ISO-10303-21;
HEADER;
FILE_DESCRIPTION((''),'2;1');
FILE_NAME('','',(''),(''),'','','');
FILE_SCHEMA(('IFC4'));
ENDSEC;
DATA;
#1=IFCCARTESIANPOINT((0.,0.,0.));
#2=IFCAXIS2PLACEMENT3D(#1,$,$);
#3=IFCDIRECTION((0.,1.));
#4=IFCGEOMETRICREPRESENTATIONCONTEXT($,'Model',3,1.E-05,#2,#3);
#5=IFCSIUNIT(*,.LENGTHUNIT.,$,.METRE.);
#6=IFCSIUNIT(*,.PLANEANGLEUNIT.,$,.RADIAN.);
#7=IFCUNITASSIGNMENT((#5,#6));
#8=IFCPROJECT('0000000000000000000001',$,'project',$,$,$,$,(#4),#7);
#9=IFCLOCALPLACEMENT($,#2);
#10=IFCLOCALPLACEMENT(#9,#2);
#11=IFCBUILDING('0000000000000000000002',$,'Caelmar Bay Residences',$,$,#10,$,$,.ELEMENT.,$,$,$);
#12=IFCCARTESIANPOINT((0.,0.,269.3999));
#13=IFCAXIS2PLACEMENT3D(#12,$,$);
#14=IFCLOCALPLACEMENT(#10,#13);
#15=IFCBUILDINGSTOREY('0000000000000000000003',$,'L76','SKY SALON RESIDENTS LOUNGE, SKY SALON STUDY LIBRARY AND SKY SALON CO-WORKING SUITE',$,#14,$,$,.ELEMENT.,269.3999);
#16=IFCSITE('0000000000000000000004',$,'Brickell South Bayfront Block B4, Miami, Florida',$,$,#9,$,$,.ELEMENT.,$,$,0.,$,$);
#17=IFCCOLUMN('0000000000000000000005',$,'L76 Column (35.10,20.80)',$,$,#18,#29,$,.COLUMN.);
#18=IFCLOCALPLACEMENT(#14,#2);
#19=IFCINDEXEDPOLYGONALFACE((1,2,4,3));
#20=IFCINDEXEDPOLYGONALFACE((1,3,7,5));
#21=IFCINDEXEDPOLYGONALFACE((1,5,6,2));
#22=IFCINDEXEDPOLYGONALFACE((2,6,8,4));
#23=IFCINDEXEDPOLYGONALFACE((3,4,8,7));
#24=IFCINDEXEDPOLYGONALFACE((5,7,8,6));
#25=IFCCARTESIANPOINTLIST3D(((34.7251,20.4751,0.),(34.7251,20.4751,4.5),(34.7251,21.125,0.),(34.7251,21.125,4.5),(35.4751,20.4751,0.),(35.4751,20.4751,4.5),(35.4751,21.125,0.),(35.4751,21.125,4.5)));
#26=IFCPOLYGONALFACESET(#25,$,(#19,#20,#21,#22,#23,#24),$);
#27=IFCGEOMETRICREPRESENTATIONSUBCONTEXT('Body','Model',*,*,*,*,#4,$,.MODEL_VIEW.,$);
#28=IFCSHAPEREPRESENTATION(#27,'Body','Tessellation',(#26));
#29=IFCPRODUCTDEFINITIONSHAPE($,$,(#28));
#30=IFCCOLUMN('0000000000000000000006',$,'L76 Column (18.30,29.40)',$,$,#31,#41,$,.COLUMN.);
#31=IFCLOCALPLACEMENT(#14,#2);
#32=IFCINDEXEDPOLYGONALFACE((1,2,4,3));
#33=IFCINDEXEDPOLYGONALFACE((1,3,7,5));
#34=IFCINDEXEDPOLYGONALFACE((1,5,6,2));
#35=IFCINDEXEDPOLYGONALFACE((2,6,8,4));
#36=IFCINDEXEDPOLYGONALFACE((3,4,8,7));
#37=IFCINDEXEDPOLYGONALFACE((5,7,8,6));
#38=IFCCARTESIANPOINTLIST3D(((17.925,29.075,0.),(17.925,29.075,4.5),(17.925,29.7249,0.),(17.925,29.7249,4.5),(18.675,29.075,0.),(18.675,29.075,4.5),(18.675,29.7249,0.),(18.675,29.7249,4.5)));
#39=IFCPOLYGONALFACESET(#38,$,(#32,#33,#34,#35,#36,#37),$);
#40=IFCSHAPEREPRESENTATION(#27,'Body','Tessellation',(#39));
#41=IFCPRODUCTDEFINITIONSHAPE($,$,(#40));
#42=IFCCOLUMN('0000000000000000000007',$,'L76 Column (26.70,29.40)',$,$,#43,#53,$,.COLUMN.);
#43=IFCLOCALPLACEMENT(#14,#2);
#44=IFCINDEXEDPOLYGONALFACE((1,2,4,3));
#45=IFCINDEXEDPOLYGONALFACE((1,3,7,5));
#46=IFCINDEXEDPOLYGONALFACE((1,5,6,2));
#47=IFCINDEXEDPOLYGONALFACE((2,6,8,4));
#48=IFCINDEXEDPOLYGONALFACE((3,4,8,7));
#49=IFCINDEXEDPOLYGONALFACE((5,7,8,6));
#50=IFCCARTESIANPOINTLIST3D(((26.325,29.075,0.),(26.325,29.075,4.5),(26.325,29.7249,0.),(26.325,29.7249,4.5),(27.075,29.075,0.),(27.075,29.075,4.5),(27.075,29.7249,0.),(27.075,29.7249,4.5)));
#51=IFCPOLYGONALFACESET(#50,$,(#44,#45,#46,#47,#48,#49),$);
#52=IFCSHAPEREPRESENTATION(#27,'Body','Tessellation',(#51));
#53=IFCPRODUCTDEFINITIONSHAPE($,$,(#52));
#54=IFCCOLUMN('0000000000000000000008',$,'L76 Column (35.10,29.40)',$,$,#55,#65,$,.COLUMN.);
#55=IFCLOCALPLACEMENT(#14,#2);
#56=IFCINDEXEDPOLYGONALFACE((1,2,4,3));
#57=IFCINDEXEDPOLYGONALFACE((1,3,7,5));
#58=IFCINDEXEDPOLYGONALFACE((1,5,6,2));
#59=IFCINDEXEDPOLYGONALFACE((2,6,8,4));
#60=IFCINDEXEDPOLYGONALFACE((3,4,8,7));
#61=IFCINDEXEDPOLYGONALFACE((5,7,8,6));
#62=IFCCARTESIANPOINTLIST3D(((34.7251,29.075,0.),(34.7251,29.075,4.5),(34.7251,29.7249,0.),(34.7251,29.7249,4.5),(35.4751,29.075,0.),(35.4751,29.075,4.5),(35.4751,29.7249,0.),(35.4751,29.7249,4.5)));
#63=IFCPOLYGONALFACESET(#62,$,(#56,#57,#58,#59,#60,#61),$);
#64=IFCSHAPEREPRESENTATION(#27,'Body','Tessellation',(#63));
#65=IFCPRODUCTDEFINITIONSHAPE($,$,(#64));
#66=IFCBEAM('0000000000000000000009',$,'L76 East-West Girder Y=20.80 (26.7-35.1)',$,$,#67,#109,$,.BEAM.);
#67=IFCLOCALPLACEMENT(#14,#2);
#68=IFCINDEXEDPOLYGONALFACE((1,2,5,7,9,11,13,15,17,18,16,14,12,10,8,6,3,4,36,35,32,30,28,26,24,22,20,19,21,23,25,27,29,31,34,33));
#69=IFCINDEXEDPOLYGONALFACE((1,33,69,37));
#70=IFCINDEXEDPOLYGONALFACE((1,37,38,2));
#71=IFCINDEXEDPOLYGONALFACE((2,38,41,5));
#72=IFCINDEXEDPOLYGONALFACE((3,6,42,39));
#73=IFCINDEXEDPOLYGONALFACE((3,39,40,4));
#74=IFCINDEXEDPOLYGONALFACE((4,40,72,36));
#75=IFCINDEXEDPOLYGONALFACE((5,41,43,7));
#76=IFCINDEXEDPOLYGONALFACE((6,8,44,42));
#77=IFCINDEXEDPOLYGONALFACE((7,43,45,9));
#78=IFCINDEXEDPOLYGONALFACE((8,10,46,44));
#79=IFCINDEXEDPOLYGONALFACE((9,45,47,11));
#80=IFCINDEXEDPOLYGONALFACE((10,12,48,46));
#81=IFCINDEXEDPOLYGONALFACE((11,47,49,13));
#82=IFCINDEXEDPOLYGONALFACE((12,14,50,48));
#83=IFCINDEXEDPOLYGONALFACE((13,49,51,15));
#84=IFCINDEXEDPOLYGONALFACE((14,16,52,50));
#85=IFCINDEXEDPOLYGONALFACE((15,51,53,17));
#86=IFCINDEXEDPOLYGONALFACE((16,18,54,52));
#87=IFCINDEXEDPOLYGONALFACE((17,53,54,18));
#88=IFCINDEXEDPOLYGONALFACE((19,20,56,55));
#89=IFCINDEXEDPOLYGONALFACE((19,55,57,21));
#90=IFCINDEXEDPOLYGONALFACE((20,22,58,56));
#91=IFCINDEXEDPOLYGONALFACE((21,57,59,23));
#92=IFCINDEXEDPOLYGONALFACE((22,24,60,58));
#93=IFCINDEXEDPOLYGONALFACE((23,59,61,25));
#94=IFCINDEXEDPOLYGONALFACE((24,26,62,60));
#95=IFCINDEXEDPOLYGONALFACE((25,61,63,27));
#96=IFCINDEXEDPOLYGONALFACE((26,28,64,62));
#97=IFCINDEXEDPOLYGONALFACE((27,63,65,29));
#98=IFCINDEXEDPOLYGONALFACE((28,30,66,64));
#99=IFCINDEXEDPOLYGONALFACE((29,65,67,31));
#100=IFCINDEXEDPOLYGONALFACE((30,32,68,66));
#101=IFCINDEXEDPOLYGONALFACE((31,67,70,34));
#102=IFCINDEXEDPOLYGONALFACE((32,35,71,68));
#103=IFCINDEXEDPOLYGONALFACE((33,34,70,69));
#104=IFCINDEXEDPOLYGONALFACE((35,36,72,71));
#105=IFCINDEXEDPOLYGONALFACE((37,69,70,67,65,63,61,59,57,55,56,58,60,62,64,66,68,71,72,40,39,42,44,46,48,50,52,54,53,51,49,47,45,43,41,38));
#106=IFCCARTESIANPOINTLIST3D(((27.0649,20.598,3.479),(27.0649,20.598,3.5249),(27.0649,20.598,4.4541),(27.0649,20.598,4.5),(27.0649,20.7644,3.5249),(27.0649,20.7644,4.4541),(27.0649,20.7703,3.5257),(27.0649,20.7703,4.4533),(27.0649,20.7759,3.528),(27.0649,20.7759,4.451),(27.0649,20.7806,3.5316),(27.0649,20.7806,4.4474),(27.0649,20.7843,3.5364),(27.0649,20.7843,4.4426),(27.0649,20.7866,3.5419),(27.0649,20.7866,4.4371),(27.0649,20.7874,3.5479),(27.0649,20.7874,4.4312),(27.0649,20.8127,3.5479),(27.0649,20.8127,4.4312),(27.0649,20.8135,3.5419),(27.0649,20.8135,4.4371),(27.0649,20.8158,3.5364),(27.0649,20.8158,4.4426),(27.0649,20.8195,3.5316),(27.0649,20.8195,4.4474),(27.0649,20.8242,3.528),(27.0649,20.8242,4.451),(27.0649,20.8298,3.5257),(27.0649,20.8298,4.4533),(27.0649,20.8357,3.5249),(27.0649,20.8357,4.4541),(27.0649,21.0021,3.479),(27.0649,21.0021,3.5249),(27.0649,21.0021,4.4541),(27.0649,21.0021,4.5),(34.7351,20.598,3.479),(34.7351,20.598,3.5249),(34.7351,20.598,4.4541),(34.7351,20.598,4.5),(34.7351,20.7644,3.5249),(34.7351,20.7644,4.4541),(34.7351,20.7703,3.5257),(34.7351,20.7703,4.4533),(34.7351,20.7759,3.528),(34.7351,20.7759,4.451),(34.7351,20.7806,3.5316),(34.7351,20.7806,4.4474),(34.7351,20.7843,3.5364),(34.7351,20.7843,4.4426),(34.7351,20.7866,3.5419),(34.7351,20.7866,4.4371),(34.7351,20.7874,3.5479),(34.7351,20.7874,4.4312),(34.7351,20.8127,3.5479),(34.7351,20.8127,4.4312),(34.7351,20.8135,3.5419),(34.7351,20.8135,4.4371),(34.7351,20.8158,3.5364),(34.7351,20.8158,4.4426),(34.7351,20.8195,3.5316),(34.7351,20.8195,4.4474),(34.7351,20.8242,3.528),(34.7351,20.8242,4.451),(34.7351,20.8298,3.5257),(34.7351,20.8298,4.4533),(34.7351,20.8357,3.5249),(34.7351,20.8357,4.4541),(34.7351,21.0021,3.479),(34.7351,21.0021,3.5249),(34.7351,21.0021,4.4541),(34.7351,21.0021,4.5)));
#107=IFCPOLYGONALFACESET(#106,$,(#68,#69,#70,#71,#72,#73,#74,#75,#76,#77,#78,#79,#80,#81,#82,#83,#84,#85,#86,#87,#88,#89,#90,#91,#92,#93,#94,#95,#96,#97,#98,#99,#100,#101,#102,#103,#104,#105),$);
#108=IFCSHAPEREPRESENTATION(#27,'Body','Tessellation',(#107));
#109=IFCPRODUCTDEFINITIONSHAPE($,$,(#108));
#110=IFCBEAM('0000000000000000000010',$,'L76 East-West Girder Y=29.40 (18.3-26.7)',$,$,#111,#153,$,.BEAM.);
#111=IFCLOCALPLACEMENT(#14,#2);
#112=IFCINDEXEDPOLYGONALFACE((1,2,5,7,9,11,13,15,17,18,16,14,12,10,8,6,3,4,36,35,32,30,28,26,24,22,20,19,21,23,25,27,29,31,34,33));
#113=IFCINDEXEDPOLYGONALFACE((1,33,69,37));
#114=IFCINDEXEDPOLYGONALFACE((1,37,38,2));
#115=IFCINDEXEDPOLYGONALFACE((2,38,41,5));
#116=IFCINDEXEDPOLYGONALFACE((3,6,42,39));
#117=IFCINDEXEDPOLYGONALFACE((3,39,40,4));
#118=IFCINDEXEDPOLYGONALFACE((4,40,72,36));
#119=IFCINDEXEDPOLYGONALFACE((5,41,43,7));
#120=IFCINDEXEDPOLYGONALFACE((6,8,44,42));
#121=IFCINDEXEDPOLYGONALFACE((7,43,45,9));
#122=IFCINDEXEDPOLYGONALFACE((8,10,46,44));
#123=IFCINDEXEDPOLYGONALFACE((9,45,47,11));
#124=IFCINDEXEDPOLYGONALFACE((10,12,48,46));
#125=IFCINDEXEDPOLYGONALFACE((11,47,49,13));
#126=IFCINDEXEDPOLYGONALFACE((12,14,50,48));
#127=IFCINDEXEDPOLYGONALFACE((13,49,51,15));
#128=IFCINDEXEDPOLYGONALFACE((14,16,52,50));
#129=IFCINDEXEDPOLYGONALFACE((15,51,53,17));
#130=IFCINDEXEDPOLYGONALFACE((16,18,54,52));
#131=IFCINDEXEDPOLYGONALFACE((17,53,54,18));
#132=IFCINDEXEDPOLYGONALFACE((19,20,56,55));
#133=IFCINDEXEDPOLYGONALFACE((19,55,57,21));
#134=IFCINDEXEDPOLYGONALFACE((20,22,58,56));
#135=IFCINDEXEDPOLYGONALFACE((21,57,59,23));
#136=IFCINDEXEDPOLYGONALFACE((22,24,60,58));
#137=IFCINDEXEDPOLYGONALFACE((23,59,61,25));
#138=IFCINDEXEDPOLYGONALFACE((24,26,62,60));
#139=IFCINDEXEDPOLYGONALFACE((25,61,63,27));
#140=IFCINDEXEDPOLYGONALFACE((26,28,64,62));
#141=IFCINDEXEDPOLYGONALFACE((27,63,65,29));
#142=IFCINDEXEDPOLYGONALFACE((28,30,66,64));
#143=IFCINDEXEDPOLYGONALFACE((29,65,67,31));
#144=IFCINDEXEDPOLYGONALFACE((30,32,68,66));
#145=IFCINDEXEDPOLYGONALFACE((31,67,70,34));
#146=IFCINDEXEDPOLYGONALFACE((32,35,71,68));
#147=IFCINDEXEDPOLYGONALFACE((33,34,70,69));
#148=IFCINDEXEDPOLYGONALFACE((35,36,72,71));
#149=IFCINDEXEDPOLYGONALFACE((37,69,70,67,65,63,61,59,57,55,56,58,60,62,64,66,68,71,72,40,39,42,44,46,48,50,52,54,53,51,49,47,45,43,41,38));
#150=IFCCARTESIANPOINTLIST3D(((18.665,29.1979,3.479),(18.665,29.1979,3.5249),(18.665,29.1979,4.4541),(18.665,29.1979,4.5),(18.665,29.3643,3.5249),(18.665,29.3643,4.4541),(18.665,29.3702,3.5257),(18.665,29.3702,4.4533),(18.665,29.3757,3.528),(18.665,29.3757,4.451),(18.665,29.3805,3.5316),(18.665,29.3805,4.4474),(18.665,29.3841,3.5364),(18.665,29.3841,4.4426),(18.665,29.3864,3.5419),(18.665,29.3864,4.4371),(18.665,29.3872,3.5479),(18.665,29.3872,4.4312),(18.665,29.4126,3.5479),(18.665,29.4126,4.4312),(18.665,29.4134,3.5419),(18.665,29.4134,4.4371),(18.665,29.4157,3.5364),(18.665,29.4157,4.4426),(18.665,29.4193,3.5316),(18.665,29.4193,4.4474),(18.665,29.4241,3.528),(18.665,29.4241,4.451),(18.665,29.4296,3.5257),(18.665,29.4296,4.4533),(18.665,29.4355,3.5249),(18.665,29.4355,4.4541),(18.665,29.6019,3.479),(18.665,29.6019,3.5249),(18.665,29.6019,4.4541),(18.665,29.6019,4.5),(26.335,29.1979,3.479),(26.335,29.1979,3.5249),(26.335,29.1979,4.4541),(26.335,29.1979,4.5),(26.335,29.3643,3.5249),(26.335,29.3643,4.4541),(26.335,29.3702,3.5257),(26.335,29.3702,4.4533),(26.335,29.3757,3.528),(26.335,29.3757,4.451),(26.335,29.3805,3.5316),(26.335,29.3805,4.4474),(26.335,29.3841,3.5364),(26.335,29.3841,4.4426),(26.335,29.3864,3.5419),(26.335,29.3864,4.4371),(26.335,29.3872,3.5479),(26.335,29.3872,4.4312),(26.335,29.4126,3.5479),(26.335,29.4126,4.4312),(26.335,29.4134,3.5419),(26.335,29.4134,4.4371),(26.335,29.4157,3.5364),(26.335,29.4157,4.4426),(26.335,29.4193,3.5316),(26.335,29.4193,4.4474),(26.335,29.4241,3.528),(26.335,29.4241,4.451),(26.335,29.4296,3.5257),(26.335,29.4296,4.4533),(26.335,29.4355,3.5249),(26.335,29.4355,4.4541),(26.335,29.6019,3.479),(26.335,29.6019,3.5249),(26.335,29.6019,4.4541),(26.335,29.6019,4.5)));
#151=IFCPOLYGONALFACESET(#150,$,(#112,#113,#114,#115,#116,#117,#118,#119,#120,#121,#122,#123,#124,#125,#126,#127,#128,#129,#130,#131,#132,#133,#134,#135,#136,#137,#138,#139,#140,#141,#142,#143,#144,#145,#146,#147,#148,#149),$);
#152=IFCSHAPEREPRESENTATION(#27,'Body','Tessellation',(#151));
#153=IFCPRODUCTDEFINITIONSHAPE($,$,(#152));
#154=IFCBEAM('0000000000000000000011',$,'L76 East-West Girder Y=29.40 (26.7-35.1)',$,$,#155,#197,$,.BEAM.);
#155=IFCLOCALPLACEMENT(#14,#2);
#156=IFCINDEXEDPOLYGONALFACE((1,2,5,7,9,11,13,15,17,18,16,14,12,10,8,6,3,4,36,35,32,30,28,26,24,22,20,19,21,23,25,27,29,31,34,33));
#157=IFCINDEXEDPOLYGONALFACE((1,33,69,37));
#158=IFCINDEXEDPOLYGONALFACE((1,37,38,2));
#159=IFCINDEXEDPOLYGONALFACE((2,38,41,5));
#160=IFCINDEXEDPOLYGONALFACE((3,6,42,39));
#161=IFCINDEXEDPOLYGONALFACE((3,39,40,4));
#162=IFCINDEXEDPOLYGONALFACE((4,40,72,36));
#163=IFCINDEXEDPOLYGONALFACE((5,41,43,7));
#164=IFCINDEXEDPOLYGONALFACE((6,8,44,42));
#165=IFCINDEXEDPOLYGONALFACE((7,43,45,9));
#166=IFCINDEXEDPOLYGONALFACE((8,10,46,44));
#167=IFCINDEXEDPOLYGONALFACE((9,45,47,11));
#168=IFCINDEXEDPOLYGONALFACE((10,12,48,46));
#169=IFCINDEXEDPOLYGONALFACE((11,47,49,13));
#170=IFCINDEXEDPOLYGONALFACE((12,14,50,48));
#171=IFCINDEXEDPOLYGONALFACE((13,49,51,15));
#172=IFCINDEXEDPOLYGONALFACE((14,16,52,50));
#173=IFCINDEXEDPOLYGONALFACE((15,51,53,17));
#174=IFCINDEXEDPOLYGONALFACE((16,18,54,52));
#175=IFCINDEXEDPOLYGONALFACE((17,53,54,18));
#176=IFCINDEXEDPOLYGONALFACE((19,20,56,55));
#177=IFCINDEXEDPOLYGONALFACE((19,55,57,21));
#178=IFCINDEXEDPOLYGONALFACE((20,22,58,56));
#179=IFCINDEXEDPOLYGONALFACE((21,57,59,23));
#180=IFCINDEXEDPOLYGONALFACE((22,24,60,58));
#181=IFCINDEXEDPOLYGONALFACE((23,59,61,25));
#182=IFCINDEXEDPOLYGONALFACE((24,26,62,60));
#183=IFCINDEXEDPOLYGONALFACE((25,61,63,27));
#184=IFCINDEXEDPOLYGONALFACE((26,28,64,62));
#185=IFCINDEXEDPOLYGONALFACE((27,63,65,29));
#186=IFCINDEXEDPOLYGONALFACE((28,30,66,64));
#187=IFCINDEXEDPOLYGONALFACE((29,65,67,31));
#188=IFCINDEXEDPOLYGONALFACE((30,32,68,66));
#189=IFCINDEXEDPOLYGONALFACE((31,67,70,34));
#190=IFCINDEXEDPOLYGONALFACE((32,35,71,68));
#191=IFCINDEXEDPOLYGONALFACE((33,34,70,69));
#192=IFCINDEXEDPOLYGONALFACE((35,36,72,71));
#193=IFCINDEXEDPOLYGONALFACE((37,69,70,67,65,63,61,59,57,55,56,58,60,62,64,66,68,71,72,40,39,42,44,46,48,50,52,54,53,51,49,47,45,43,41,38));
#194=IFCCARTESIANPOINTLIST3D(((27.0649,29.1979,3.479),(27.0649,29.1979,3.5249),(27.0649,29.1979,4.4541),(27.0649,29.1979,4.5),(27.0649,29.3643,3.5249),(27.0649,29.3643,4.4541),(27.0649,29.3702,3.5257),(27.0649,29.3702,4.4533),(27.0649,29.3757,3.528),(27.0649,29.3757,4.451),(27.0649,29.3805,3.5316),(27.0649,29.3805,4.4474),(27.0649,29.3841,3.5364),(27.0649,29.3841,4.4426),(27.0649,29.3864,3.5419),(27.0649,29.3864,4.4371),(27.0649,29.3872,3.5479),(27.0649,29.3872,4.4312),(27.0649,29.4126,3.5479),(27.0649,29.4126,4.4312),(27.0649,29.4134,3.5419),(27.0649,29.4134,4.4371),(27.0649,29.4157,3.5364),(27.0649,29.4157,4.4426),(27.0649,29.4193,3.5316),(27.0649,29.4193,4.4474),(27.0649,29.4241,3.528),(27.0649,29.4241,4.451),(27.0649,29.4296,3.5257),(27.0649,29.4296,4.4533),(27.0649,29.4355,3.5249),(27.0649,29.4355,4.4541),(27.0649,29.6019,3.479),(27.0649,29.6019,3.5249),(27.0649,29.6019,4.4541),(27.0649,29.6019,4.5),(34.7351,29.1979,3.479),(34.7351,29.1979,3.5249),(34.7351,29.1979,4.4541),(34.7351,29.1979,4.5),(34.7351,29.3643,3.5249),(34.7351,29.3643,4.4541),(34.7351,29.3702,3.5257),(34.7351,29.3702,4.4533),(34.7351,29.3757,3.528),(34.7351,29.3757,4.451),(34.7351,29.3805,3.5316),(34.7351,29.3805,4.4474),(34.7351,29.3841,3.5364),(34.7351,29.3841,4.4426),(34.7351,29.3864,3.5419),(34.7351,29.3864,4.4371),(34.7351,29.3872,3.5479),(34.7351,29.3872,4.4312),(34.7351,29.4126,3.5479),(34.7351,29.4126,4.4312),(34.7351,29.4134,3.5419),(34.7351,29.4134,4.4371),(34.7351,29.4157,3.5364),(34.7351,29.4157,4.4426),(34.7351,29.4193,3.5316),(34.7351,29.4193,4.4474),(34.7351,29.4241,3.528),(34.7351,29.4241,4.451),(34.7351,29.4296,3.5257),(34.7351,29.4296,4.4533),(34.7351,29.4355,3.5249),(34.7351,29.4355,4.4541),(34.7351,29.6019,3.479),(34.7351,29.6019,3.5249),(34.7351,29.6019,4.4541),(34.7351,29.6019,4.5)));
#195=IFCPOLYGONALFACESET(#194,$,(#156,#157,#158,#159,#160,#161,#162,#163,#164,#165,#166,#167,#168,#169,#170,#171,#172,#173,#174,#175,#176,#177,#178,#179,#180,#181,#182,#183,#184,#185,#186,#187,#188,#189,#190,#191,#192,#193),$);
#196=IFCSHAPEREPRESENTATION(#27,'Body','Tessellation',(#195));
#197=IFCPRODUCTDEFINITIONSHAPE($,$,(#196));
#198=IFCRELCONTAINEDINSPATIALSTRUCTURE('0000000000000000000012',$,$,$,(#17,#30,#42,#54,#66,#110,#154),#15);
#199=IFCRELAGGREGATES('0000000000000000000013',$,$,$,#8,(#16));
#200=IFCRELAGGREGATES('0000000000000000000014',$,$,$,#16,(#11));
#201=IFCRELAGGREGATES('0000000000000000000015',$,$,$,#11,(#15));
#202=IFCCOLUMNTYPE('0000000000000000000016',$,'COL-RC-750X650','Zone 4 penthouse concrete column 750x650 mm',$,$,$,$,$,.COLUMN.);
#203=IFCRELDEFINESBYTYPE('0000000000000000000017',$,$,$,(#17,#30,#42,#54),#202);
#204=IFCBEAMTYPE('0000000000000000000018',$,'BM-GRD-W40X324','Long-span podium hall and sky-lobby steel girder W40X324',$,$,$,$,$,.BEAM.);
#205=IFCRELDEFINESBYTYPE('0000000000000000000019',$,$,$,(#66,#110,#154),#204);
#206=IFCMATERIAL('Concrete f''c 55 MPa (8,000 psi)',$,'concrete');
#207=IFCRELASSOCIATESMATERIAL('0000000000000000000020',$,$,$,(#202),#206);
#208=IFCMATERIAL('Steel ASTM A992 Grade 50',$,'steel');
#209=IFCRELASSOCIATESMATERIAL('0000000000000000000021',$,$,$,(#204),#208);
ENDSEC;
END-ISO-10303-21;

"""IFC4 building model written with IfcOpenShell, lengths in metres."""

from ifc_helpers import new_model, si_unit, direction, frame, origin, origin_2d, place, context, subcontext, project, spatial, rectangle, i_section, extrude, material, material_profile, profile_set, type_object, element, save


model = new_model("IFC4")

# Units and contexts
model_context = context("Model", 3, precision=1e-05, world=origin(), true_north=direction((0.0, 1.0)))
body_context = subcontext(model_context, "Body", "Model", "MODEL_VIEW")
ifc_project = project(units=[si_unit("LENGTHUNIT", "METRE"), si_unit("PLANEANGLEUNIT", "RADIAN")], contexts=[model_context])

# Site, building, storey
site_placement = place(None, origin())
site = spatial("IfcSite", under=ifc_project, at=site_placement, Name="Brickell South Bayfront Block B4, Miami, Florida", CompositionType="ELEMENT", RefElevation=0.0)
building_placement = place(site_placement, origin())
building = spatial("IfcBuilding", under=site, at=building_placement, Name="Caelmar Bay Residences", CompositionType="ELEMENT")
storey_placement = place(building_placement, frame((0.0, 0.0, 269.3999)))
storey = spatial("IfcBuildingStorey", under=building, at=storey_placement, Name="L76", Description="SKY SALON RESIDENTS LOUNGE, SKY SALON STUDY LIBRARY AND SKY SALON CO-WORKING SUITE", CompositionType="ELEMENT", Elevation=269.3999)

# Columns
ifc_material_1 = material(Name="Concrete f'c 55 MPa (8,000 psi)", Category="concrete")
ifc_material_profile_1 = material_profile(ifc_material_1, rectangle(XDim=0.75, YDim=0.6499, at=origin_2d()), Name="RC-COL-750X650")
ifc_profile_set_1 = profile_set([ifc_material_profile_1], Name="Concrete f'c 55 MPa (8,000 psi)")
column_type = type_object("IfcColumnType", Name="COL-RC-750X650", Description="Zone 4 penthouse concrete column 750x650 mm", PredefinedType="COLUMN", material=ifc_profile_set_1)
for number, where, z_axis, x_axis, name in (
    (1, (35.1001, 20.8, 0.0), (0.0, 0.0, 1.0), (1.0, 0.0, 0.0), "L76 Column (35.10,20.80)"),
    (2, (18.3, 29.3999, 0.0), (0.0, 0.0, 1.0), (1.0, 0.0, 0.0), "L76 Column (18.30,29.40)"),
    (3, (26.7, 29.3999, 0.0), (0.0, 0.0, 1.0), (1.0, 0.0, 0.0), "L76 Column (26.70,29.40)"),
    (4, (35.1001, 29.3999, 0.0), (0.0, 0.0, 1.0), (1.0, 0.0, 0.0), "L76 Column (35.10,29.40)"),
):
    element("IfcColumn", number, at=place(storey_placement, frame(where, z_axis=z_axis, x_axis=x_axis)), inside=storey, type_object=column_type, Name=name, PredefinedType="COLUMN", context=body_context, shape_type="SweptSolid", body=[
        extrude(rectangle(XDim=0.75, YDim=0.6499, at=origin_2d()), origin(), (0.0, 0.0, 1.0), 4.5),
    ])

# Beams
ifc_material_2 = material(Name="Steel ASTM A992 Grade 50", Category="steel")
ifc_material_profile_2 = material_profile(ifc_material_2, i_section(OverallWidth=0.4041, OverallDepth=1.021, WebThickness=0.0254, FlangeThickness=0.0459, FilletRadius=0.0229, at=origin_2d()), Name="W40X324")
ifc_profile_set_2 = profile_set([ifc_material_profile_2], Name="Steel ASTM A992 Grade 50")
beam_type_1 = type_object("IfcBeamType", Name="BM-GRD-W40X324", Description="Long-span podium hall and sky-lobby steel girder W40X324", PredefinedType="BEAM", material=ifc_profile_set_2)
beam_1_placement = place(storey_placement, frame((27.0649, 20.8, 3.9895), z_axis=(1.0, 0.0, 0.0), x_axis=(0.0, 1.0, 0.0)))
element("IfcBeam", 5, at=beam_1_placement, inside=storey, type_object=beam_type_1, Name="L76 East-West Girder Y=20.80 (26.7-35.1)", PredefinedType="BEAM", context=body_context, shape_type="SweptSolid", body=[
    extrude(i_section(OverallWidth=0.4041, OverallDepth=1.021, WebThickness=0.0254, FlangeThickness=0.0459, FilletRadius=0.0229, at=origin_2d()), origin(), (0.0, 0.0, 1.0), 7.6702),
])
beam_2_placement = place(storey_placement, frame((18.665, 29.3999, 3.9895), z_axis=(1.0, 0.0, 0.0), x_axis=(0.0, 1.0, 0.0)))
element("IfcBeam", 6, at=beam_2_placement, inside=storey, type_object=beam_type_1, Name="L76 East-West Girder Y=29.40 (18.3-26.7)", PredefinedType="BEAM", context=body_context, shape_type="SweptSolid", body=[
    extrude(i_section(OverallWidth=0.4041, OverallDepth=1.021, WebThickness=0.0254, FlangeThickness=0.0459, FilletRadius=0.0229, at=origin_2d()), origin(), (0.0, 0.0, 1.0), 7.6699),
])
beam_3_placement = place(storey_placement, frame((27.0649, 29.3999, 3.9895), z_axis=(1.0, 0.0, 0.0), x_axis=(0.0, 1.0, 0.0)))
element("IfcBeam", 7, at=beam_3_placement, inside=storey, type_object=beam_type_1, Name="L76 East-West Girder Y=29.40 (26.7-35.1)", PredefinedType="BEAM", context=body_context, shape_type="SweptSolid", body=[
    extrude(i_section(OverallWidth=0.4041, OverallDepth=1.021, WebThickness=0.0254, FlangeThickness=0.0459, FilletRadius=0.0229, at=origin_2d()), origin(), (0.0, 0.0, 1.0), 7.6702),
])

save(model, "model.ifc")
